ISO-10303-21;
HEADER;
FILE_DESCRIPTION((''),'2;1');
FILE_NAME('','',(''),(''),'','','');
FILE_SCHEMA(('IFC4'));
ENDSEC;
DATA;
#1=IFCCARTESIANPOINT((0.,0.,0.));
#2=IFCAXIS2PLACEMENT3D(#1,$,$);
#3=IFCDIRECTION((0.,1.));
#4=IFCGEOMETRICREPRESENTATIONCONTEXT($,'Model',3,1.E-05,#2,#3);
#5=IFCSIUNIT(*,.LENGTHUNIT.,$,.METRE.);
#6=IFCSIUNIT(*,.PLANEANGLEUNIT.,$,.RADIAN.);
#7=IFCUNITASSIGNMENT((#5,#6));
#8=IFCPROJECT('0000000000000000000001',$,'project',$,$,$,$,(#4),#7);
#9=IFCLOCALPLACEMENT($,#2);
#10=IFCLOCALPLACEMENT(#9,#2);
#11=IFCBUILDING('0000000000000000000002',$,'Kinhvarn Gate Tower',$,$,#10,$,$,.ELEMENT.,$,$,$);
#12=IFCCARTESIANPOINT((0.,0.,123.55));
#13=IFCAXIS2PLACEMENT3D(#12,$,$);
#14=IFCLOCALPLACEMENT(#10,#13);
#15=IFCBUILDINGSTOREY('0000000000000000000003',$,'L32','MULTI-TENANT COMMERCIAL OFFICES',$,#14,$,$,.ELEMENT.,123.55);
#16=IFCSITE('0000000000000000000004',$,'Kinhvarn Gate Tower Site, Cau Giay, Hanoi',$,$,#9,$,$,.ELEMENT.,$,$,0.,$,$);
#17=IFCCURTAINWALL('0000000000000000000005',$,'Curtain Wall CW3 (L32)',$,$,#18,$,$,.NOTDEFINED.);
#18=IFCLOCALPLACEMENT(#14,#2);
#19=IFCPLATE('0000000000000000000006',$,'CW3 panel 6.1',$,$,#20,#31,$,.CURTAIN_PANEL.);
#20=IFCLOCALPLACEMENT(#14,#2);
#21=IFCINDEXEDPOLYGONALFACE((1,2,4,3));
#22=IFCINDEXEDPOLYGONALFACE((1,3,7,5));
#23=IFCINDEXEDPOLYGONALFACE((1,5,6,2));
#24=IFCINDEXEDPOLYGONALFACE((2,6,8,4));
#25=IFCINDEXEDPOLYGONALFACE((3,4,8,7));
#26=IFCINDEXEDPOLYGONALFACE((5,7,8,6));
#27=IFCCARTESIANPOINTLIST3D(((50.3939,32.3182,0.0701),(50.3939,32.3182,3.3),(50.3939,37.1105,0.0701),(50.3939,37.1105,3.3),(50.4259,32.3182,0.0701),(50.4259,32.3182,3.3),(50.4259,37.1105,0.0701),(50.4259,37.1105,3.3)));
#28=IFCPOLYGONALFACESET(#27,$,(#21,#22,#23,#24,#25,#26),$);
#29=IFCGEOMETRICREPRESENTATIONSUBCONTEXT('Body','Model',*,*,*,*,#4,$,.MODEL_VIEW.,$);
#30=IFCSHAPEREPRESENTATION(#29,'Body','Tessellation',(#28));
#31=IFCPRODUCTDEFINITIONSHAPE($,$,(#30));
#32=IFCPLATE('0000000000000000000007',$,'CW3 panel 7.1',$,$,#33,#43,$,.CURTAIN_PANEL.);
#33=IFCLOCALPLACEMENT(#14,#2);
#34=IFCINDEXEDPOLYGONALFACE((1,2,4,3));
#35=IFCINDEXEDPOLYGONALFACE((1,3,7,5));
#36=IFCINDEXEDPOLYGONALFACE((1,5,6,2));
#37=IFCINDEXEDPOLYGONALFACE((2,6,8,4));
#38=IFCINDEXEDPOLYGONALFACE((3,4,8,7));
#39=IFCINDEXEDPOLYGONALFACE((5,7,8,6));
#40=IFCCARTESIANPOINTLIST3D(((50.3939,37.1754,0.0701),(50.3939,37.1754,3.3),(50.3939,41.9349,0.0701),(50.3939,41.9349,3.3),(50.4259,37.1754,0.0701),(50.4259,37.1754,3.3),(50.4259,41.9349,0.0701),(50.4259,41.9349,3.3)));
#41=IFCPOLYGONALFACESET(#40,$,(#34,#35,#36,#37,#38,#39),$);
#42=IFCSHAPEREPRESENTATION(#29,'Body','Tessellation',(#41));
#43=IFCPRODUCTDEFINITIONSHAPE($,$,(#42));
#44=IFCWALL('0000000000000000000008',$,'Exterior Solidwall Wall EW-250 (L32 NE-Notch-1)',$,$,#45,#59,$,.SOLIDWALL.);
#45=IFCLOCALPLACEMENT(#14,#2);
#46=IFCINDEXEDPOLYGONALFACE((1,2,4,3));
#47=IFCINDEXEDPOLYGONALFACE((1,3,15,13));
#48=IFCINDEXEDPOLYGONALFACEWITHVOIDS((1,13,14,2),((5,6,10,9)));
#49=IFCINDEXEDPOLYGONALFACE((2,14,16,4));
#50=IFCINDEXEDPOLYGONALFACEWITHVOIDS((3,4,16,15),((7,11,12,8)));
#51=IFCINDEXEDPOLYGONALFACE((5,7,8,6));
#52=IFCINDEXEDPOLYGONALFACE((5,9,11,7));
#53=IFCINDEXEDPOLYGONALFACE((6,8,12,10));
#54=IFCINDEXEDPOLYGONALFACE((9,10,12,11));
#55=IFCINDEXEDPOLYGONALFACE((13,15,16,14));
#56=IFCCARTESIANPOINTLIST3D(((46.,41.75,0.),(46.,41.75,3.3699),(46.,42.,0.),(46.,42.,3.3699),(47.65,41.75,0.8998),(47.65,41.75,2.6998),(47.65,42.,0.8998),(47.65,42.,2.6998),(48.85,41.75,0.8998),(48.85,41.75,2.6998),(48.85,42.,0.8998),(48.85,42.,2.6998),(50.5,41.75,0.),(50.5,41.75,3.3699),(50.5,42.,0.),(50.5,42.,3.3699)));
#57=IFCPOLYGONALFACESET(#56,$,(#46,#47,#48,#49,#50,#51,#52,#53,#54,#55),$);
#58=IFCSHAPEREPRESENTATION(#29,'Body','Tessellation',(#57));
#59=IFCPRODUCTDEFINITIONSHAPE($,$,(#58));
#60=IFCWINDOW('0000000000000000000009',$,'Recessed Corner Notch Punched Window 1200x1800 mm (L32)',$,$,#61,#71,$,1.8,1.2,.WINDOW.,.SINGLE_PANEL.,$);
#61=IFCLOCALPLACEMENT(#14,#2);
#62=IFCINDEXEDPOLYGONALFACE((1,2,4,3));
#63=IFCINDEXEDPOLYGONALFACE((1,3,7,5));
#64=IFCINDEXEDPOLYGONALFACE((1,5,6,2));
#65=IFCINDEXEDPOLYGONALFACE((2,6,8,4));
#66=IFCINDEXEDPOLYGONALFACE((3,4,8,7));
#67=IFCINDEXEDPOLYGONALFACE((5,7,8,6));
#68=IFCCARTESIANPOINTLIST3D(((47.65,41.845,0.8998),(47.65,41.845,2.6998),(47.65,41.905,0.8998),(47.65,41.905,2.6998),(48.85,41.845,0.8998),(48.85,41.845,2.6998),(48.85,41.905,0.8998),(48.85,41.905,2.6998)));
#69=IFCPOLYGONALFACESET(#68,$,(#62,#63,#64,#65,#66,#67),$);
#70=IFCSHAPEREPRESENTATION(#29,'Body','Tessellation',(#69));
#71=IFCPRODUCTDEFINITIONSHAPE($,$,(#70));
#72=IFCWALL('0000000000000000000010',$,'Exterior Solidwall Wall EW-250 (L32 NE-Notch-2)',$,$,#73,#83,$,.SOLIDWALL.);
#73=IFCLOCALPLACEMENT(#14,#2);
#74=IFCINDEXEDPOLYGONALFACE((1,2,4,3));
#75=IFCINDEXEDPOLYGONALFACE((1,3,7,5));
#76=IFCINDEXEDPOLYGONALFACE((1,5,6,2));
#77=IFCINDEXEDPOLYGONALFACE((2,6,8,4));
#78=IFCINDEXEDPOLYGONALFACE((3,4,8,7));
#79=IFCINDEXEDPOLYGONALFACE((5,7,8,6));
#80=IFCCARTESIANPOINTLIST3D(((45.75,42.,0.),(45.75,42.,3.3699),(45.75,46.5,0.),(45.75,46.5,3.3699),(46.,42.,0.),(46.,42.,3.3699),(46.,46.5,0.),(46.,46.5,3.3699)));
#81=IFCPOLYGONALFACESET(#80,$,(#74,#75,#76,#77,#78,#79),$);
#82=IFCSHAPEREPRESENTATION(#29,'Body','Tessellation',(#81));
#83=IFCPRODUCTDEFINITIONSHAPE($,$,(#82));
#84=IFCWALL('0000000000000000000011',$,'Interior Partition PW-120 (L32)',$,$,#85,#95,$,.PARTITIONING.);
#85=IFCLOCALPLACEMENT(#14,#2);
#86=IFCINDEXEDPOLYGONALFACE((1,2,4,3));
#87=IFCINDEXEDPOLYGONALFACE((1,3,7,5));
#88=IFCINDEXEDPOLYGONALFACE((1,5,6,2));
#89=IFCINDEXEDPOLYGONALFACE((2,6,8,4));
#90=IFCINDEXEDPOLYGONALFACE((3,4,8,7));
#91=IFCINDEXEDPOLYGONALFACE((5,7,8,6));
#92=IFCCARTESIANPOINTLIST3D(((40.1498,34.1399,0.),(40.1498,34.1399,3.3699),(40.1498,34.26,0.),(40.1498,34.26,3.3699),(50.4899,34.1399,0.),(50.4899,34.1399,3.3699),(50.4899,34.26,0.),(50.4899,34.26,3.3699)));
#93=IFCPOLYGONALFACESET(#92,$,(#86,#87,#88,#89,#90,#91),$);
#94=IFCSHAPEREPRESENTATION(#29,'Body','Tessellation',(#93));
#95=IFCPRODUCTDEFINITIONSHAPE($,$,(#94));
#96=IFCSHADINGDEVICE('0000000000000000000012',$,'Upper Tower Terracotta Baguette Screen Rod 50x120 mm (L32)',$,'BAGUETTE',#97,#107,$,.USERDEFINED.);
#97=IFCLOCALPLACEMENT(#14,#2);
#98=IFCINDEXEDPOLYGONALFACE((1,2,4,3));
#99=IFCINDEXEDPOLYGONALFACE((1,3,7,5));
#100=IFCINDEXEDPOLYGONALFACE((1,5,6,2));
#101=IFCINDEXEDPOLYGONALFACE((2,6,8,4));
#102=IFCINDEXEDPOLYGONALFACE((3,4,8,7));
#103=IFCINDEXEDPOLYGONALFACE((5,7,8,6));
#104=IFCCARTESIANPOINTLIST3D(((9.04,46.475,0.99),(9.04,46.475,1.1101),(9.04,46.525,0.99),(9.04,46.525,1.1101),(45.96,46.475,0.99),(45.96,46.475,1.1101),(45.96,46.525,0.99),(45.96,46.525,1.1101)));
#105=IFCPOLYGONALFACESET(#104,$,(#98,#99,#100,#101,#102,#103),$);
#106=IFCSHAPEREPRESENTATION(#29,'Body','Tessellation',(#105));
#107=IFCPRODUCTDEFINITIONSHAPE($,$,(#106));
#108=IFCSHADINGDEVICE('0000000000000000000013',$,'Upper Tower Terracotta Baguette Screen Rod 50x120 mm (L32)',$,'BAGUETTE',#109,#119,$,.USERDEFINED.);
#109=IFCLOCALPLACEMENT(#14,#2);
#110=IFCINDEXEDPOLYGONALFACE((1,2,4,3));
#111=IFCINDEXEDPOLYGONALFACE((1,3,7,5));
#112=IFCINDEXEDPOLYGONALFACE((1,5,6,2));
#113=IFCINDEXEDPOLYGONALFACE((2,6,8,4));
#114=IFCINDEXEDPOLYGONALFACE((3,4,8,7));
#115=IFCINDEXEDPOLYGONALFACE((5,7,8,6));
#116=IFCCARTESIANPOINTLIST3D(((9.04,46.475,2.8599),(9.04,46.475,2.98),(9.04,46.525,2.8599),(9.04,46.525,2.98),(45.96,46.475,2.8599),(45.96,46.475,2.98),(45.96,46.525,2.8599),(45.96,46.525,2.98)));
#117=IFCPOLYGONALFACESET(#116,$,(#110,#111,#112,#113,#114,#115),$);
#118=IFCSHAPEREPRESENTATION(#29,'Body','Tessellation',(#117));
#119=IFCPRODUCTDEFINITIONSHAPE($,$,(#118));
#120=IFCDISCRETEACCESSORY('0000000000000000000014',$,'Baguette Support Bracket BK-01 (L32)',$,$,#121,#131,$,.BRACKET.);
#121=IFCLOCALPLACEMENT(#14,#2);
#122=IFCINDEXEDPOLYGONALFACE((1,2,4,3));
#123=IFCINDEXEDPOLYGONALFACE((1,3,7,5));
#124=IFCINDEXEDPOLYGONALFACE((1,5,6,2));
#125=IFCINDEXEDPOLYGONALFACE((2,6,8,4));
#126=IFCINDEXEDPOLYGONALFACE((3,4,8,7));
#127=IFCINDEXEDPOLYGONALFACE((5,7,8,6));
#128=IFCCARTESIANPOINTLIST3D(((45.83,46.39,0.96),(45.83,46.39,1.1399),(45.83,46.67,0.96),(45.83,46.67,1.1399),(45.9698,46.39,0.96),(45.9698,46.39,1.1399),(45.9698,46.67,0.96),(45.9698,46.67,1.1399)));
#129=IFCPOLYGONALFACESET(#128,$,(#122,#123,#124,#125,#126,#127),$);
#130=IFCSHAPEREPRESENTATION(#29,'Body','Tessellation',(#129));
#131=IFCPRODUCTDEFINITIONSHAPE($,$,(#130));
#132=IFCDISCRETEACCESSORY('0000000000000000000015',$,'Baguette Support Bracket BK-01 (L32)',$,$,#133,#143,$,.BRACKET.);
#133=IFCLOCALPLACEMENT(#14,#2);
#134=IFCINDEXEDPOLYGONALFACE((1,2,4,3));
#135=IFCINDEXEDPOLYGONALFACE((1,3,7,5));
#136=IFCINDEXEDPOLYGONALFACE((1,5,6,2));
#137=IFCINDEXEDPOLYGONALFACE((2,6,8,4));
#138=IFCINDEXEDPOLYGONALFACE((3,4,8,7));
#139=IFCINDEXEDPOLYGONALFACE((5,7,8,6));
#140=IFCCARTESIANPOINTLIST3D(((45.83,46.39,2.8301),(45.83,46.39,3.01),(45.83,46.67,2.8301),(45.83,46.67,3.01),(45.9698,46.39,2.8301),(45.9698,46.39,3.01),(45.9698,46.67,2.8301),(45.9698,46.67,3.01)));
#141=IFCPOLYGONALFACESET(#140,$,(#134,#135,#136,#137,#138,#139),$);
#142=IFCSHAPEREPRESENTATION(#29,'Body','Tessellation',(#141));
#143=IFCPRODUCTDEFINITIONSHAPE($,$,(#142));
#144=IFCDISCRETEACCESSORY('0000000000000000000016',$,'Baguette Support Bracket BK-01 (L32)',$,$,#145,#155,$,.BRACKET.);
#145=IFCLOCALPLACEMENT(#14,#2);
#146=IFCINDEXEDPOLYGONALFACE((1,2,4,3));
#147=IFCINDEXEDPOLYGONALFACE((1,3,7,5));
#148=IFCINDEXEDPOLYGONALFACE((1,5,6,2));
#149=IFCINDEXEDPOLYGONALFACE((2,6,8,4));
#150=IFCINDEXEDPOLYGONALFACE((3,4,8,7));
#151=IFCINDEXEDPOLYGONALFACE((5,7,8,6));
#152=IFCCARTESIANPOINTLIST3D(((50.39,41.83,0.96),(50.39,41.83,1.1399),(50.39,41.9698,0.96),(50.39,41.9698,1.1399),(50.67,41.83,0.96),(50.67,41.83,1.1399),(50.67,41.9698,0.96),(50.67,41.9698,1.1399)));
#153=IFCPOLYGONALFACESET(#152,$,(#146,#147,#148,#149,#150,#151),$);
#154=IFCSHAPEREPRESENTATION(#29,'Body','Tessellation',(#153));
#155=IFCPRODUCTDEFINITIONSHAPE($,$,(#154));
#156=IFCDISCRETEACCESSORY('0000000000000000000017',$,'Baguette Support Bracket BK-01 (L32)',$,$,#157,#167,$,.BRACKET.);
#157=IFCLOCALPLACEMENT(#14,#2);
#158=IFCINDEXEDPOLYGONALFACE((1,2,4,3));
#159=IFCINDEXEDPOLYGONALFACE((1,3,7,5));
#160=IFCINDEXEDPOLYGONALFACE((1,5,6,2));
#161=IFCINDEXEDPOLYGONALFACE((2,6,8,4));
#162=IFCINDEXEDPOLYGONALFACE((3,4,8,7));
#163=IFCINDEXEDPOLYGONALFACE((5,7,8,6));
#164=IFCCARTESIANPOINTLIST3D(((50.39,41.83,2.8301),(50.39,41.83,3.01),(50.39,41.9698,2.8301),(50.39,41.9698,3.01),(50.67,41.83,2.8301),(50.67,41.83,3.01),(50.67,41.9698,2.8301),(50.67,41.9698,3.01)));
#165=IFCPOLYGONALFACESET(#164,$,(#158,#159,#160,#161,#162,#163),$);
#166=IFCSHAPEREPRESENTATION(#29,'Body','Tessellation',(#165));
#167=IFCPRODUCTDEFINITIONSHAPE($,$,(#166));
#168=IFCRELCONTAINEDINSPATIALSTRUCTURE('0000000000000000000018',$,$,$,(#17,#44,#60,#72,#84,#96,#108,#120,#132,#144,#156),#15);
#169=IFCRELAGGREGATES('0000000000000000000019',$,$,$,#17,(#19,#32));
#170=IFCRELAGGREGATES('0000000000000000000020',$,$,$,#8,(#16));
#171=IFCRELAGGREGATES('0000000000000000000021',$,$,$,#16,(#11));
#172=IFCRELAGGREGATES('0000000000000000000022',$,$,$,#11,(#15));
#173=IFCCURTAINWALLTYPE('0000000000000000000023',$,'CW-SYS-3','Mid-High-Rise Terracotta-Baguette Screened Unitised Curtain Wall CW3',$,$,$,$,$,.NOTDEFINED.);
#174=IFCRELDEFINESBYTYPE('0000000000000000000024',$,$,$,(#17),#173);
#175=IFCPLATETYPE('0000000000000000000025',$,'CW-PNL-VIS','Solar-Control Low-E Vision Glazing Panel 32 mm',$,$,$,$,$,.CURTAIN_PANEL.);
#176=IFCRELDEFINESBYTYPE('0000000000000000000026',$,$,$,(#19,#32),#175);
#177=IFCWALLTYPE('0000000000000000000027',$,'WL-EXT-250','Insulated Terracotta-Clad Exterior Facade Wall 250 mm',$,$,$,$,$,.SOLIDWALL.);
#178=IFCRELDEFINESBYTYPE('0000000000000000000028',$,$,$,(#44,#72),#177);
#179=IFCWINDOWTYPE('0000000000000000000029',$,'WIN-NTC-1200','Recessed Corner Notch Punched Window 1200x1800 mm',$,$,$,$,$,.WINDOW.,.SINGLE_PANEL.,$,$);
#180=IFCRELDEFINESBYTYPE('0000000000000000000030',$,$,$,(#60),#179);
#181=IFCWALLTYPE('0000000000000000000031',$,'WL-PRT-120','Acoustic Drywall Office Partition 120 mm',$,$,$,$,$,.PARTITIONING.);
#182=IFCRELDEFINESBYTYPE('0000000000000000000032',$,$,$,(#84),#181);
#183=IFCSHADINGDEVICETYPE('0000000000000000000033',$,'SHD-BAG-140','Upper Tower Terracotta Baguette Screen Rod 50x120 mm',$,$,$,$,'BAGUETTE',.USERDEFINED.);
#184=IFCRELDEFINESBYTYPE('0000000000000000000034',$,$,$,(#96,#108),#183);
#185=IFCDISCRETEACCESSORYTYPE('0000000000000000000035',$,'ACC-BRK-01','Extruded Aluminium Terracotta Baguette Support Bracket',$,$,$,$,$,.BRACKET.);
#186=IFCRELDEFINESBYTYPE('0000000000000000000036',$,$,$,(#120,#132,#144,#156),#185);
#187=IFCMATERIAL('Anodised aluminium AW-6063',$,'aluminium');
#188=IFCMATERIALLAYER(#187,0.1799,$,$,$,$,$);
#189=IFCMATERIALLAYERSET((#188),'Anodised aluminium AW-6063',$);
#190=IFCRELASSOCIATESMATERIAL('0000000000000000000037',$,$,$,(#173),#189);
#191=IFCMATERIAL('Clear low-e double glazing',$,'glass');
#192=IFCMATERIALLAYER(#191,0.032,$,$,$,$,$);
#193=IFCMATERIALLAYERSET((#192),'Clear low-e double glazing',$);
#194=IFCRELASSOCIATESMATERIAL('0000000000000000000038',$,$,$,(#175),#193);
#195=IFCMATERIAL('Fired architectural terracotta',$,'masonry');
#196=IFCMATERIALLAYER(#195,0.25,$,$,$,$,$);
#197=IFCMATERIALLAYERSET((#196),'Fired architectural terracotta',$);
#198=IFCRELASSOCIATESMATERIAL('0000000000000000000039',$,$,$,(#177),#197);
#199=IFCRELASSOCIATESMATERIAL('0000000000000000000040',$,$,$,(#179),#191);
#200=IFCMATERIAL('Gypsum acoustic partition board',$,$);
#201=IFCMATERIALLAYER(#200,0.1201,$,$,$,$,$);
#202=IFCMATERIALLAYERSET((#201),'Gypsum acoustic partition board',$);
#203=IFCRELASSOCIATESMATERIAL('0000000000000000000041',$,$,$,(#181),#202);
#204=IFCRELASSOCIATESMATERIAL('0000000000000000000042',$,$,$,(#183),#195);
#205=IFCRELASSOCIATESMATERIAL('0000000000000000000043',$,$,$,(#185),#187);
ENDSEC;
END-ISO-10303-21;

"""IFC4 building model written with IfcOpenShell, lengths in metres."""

from ifc_helpers import new_model, si_unit, direction, frame, frame_2d, origin, origin_2d, place, context, subcontext, project, spatial, rectangle, extrude, material, layer, layer_set, material_profile, profile_set, type_object, element, fill, aggregate, save


model = new_model("IFC4")

# Units and contexts
model_context = context("Model", 3, precision=1e-05, world=origin(), true_north=direction((0.0, 1.0)))
body_context = subcontext(model_context, "Body", "Model", "MODEL_VIEW")
ifc_project = project(units=[si_unit("LENGTHUNIT", "METRE"), si_unit("PLANEANGLEUNIT", "RADIAN")], contexts=[model_context])

# Site, building, storey
site_placement = place(None, origin())
site = spatial("IfcSite", under=ifc_project, at=site_placement, Name="Kinhvarn Gate Tower Site, Cau Giay, Hanoi", CompositionType="ELEMENT", RefElevation=0.0)
building_placement = place(site_placement, origin())
building = spatial("IfcBuilding", under=site, at=building_placement, Name="Kinhvarn Gate Tower", CompositionType="ELEMENT")
storey_placement = place(building_placement, frame((0.0, 0.0, 123.55)))
storey = spatial("IfcBuildingStorey", under=building, at=storey_placement, Name="L32", Description="MULTI-TENANT COMMERCIAL OFFICES", CompositionType="ELEMENT", Elevation=123.55)

# Curtain wall
ifc_material_1 = material(Name="Anodised aluminium AW-6063", Category="aluminium")
ifc_layer_1 = layer(ifc_material_1, 0.1799)
ifc_layer_set_1 = layer_set([ifc_layer_1], Name="Anodised aluminium AW-6063")
curtain_wall_type = type_object("IfcCurtainWallType", Name="CW-SYS-3", Description="Mid-High-Rise Terracotta-Baguette Screened Unitised Curtain Wall CW3", PredefinedType="NOTDEFINED", material=ifc_layer_set_1)
curtain_wall_1_placement = place(storey_placement, origin())
curtain_wall_1 = element("IfcCurtainWall", 1, at=curtain_wall_1_placement, inside=storey, type_object=curtain_wall_type, Name="Curtain Wall CW3 (L32)", PredefinedType="NOTDEFINED")

# Plates
ifc_material_2 = material(Name="Clear low-e double glazing", Category="glass")
ifc_layer_2 = layer(ifc_material_2, 0.032)
ifc_layer_set_2 = layer_set([ifc_layer_2], Name="Clear low-e double glazing")
plate_type = type_object("IfcPlateType", Name="CW-PNL-VIS", Description="Solar-Control Low-E Vision Glazing Panel 32 mm", PredefinedType="CURTAIN_PANEL", material=ifc_layer_set_2)
plate_1_placement = place(storey_placement, frame((50.4099, 34.7144, 0.0701), z_axis=(0.0, 0.0, 1.0), x_axis=(0.0, 1.0, 0.0)))
plate_1 = element("IfcPlate", 2, at=plate_1_placement, type_object=plate_type, Name="CW3 panel 6.1", PredefinedType="CURTAIN_PANEL", context=body_context, shape_type="SweptSolid", body=[
    extrude(rectangle(XDim=4.7922, YDim=0.032, at=origin_2d()), origin(), (0.0, 0.0, 1.0), 3.23),
])
plate_2_placement = place(storey_placement, frame((50.4099, 39.5552, 0.0701), z_axis=(0.0, 0.0, 1.0), x_axis=(0.0, 1.0, 0.0)))
plate_2 = element("IfcPlate", 3, at=plate_2_placement, type_object=plate_type, Name="CW3 panel 7.1", PredefinedType="CURTAIN_PANEL", context=body_context, shape_type="SweptSolid", body=[
    extrude(rectangle(XDim=4.7595, YDim=0.032, at=origin_2d()), origin(), (0.0, 0.0, 1.0), 3.23),
])
aggregate(curtain_wall_1, [plate_1, plate_2])

# Wall, opening, window
ifc_material_3 = material(Name="Fired architectural terracotta", Category="masonry")
ifc_layer_3 = layer(ifc_material_3, 0.25)
ifc_layer_set_3 = layer_set([ifc_layer_3], Name="Fired architectural terracotta")
wall_type_1 = type_object("IfcWallType", Name="WL-EXT-250", Description="Insulated Terracotta-Clad Exterior Facade Wall 250 mm", PredefinedType="SOLIDWALL", material=ifc_layer_set_3)
wall_1_placement = place(storey_placement, frame((50.5, 41.875, 0.0), z_axis=(0.0, 0.0, 1.0), x_axis=(-1.0, 0.0, 0.0)))
wall_1 = element("IfcWall", 4, at=wall_1_placement, inside=storey, type_object=wall_type_1, Name="Exterior Solidwall Wall EW-250 (L32 NE-Notch-1)", PredefinedType="SOLIDWALL", context=body_context, shape_type="SweptSolid", body=[
    extrude(rectangle(XDim=4.5, YDim=0.25, at=frame_2d((2.25, 0.0))), origin(), (0.0, 0.0, 1.0), 3.3699),
])
opening_placement = place(wall_1_placement, frame((1.6499, 0.0, 0.8999)))
opening = element("IfcOpeningElement", 5, at=opening_placement, cuts=wall_1, PredefinedType="OPENING", context=body_context, shape_type="SweptSolid", body=[
    extrude(rectangle(XDim=1.2, YDim=1.8, at=frame_2d((0.6001, 0.8999))), frame((0.0, 0.135, 0.0), z_axis=(0.0, -1.0, 0.0), x_axis=(1.0, 0.0, 0.0)), (0.0, 0.0, 1.0), 0.27),
])
window_type = type_object("IfcWindowType", Name="WIN-NTC-1200", Description="Recessed Corner Notch Punched Window 1200x1800 mm", PartitioningType="SINGLE_PANEL", PredefinedType="WINDOW", material=ifc_material_2)
window_placement = place(opening_placement, origin())
window = element("IfcWindow", 6, at=window_placement, inside=storey, type_object=window_type, Name="Recessed Corner Notch Punched Window 1200x1800 mm (L32)", OverallHeight=1.8, OverallWidth=1.2, PartitioningType="SINGLE_PANEL", PredefinedType="WINDOW", context=body_context, shape_type="SweptSolid", body=[
    extrude(rectangle(XDim=1.2, YDim=1.8, at=frame_2d((0.6001, 0.8999))), frame((0.0, 0.03, 0.0), z_axis=(0.0, -1.0, 0.0), x_axis=(1.0, 0.0, 0.0)), (0.0, 0.0, 1.0), 0.0601),
])
fill(opening, window)

# Walls
wall_2_placement = place(storey_placement, frame((45.875, 42.0, 0.0), z_axis=(0.0, 0.0, 1.0), x_axis=(0.0, 1.0, 0.0)))
element("IfcWall", 7, at=wall_2_placement, inside=storey, type_object=wall_type_1, Name="Exterior Solidwall Wall EW-250 (L32 NE-Notch-2)", PredefinedType="SOLIDWALL", context=body_context, shape_type="SweptSolid", body=[
    extrude(rectangle(XDim=4.5, YDim=0.25, at=frame_2d((2.25, 0.0))), origin(), (0.0, 0.0, 1.0), 3.3699),
])
ifc_material_4 = material(Name="Gypsum acoustic partition board")
ifc_layer_4 = layer(ifc_material_4, 0.1201)
ifc_layer_set_4 = layer_set([ifc_layer_4], Name="Gypsum acoustic partition board")
wall_type_2 = type_object("IfcWallType", Name="WL-PRT-120", Description="Acoustic Drywall Office Partition 120 mm", PredefinedType="PARTITIONING", material=ifc_layer_set_4)
wall_3_placement = place(storey_placement, frame((40.1499, 34.2, 0.0), z_axis=(0.0, 0.0, 1.0), x_axis=(1.0, 0.0, 0.0)))
element("IfcWall", 8, at=wall_3_placement, inside=storey, type_object=wall_type_2, Name="Interior Partition PW-120 (L32)", PredefinedType="PARTITIONING", context=body_context, shape_type="SweptSolid", body=[
    extrude(rectangle(XDim=10.3401, YDim=0.1201, at=frame_2d((5.1699, 0.0))), origin(), (0.0, 0.0, 1.0), 3.3699),
])

# Shading devices
ifc_material_profile_1 = material_profile(ifc_material_3, rectangle(XDim=0.05, YDim=0.1201, at=origin_2d()), Name="TC 50x120")
ifc_profile_set_1 = profile_set([ifc_material_profile_1], Name="Fired architectural terracotta")
shading_device_type = type_object("IfcShadingDeviceType", Name="SHD-BAG-140", Description="Upper Tower Terracotta Baguette Screen Rod 50x120 mm", ElementType="BAGUETTE", PredefinedType="USERDEFINED", material=ifc_profile_set_1)
for number, where, z_axis, x_axis, name in (
    (9, (45.96, 46.5, 1.05), (-1.0, 0.0, 0.0), (0.0, -1.0, 0.0), "Upper Tower Terracotta Baguette Screen Rod 50x120 mm (L32)"),
    (10, (45.96, 46.5, 2.9199), (-1.0, 0.0, 0.0), (0.0, -1.0, 0.0), "Upper Tower Terracotta Baguette Screen Rod 50x120 mm (L32)"),
):
    element("IfcShadingDevice", number, at=place(storey_placement, frame(where, z_axis=z_axis, x_axis=x_axis)), inside=storey, type_object=shading_device_type, Name=name, ObjectType="BAGUETTE", PredefinedType="USERDEFINED", context=body_context, shape_type="SweptSolid", body=[
        extrude(rectangle(XDim=0.05, YDim=0.1201, at=origin_2d()), origin(), (0.0, 0.0, 1.0), 36.9199),
    ])

# Discrete accessories
discrete_accessory_type = type_object("IfcDiscreteAccessoryType", Name="ACC-BRK-01", Description="Extruded Aluminium Terracotta Baguette Support Bracket", PredefinedType="BRACKET", material=ifc_material_1)
for number, where, z_axis, x_axis, name in (
    (11, (45.8999, 46.53, 0.96), (0.0, 0.0, 1.0), (-1.0, 0.0, 0.0), "Baguette Support Bracket BK-01 (L32)"),
    (12, (45.8999, 46.53, 2.8301), (0.0, 0.0, 1.0), (-1.0, 0.0, 0.0), "Baguette Support Bracket BK-01 (L32)"),
    (13, (50.53, 41.8999, 0.96), (0.0, 0.0, 1.0), (0.0, 1.0, 0.0), "Baguette Support Bracket BK-01 (L32)"),
    (14, (50.53, 41.8999, 2.8301), (0.0, 0.0, 1.0), (0.0, 1.0, 0.0), "Baguette Support Bracket BK-01 (L32)"),
):
    element("IfcDiscreteAccessory", number, at=place(storey_placement, frame(where, z_axis=z_axis, x_axis=x_axis)), inside=storey, type_object=discrete_accessory_type, Name=name, PredefinedType="BRACKET", context=body_context, shape_type="SweptSolid", body=[
        extrude(rectangle(XDim=0.1399, YDim=0.28, at=origin_2d()), origin(), (0.0, 0.0, 1.0), 0.1799),
    ])

save(model, "model.ifc")
